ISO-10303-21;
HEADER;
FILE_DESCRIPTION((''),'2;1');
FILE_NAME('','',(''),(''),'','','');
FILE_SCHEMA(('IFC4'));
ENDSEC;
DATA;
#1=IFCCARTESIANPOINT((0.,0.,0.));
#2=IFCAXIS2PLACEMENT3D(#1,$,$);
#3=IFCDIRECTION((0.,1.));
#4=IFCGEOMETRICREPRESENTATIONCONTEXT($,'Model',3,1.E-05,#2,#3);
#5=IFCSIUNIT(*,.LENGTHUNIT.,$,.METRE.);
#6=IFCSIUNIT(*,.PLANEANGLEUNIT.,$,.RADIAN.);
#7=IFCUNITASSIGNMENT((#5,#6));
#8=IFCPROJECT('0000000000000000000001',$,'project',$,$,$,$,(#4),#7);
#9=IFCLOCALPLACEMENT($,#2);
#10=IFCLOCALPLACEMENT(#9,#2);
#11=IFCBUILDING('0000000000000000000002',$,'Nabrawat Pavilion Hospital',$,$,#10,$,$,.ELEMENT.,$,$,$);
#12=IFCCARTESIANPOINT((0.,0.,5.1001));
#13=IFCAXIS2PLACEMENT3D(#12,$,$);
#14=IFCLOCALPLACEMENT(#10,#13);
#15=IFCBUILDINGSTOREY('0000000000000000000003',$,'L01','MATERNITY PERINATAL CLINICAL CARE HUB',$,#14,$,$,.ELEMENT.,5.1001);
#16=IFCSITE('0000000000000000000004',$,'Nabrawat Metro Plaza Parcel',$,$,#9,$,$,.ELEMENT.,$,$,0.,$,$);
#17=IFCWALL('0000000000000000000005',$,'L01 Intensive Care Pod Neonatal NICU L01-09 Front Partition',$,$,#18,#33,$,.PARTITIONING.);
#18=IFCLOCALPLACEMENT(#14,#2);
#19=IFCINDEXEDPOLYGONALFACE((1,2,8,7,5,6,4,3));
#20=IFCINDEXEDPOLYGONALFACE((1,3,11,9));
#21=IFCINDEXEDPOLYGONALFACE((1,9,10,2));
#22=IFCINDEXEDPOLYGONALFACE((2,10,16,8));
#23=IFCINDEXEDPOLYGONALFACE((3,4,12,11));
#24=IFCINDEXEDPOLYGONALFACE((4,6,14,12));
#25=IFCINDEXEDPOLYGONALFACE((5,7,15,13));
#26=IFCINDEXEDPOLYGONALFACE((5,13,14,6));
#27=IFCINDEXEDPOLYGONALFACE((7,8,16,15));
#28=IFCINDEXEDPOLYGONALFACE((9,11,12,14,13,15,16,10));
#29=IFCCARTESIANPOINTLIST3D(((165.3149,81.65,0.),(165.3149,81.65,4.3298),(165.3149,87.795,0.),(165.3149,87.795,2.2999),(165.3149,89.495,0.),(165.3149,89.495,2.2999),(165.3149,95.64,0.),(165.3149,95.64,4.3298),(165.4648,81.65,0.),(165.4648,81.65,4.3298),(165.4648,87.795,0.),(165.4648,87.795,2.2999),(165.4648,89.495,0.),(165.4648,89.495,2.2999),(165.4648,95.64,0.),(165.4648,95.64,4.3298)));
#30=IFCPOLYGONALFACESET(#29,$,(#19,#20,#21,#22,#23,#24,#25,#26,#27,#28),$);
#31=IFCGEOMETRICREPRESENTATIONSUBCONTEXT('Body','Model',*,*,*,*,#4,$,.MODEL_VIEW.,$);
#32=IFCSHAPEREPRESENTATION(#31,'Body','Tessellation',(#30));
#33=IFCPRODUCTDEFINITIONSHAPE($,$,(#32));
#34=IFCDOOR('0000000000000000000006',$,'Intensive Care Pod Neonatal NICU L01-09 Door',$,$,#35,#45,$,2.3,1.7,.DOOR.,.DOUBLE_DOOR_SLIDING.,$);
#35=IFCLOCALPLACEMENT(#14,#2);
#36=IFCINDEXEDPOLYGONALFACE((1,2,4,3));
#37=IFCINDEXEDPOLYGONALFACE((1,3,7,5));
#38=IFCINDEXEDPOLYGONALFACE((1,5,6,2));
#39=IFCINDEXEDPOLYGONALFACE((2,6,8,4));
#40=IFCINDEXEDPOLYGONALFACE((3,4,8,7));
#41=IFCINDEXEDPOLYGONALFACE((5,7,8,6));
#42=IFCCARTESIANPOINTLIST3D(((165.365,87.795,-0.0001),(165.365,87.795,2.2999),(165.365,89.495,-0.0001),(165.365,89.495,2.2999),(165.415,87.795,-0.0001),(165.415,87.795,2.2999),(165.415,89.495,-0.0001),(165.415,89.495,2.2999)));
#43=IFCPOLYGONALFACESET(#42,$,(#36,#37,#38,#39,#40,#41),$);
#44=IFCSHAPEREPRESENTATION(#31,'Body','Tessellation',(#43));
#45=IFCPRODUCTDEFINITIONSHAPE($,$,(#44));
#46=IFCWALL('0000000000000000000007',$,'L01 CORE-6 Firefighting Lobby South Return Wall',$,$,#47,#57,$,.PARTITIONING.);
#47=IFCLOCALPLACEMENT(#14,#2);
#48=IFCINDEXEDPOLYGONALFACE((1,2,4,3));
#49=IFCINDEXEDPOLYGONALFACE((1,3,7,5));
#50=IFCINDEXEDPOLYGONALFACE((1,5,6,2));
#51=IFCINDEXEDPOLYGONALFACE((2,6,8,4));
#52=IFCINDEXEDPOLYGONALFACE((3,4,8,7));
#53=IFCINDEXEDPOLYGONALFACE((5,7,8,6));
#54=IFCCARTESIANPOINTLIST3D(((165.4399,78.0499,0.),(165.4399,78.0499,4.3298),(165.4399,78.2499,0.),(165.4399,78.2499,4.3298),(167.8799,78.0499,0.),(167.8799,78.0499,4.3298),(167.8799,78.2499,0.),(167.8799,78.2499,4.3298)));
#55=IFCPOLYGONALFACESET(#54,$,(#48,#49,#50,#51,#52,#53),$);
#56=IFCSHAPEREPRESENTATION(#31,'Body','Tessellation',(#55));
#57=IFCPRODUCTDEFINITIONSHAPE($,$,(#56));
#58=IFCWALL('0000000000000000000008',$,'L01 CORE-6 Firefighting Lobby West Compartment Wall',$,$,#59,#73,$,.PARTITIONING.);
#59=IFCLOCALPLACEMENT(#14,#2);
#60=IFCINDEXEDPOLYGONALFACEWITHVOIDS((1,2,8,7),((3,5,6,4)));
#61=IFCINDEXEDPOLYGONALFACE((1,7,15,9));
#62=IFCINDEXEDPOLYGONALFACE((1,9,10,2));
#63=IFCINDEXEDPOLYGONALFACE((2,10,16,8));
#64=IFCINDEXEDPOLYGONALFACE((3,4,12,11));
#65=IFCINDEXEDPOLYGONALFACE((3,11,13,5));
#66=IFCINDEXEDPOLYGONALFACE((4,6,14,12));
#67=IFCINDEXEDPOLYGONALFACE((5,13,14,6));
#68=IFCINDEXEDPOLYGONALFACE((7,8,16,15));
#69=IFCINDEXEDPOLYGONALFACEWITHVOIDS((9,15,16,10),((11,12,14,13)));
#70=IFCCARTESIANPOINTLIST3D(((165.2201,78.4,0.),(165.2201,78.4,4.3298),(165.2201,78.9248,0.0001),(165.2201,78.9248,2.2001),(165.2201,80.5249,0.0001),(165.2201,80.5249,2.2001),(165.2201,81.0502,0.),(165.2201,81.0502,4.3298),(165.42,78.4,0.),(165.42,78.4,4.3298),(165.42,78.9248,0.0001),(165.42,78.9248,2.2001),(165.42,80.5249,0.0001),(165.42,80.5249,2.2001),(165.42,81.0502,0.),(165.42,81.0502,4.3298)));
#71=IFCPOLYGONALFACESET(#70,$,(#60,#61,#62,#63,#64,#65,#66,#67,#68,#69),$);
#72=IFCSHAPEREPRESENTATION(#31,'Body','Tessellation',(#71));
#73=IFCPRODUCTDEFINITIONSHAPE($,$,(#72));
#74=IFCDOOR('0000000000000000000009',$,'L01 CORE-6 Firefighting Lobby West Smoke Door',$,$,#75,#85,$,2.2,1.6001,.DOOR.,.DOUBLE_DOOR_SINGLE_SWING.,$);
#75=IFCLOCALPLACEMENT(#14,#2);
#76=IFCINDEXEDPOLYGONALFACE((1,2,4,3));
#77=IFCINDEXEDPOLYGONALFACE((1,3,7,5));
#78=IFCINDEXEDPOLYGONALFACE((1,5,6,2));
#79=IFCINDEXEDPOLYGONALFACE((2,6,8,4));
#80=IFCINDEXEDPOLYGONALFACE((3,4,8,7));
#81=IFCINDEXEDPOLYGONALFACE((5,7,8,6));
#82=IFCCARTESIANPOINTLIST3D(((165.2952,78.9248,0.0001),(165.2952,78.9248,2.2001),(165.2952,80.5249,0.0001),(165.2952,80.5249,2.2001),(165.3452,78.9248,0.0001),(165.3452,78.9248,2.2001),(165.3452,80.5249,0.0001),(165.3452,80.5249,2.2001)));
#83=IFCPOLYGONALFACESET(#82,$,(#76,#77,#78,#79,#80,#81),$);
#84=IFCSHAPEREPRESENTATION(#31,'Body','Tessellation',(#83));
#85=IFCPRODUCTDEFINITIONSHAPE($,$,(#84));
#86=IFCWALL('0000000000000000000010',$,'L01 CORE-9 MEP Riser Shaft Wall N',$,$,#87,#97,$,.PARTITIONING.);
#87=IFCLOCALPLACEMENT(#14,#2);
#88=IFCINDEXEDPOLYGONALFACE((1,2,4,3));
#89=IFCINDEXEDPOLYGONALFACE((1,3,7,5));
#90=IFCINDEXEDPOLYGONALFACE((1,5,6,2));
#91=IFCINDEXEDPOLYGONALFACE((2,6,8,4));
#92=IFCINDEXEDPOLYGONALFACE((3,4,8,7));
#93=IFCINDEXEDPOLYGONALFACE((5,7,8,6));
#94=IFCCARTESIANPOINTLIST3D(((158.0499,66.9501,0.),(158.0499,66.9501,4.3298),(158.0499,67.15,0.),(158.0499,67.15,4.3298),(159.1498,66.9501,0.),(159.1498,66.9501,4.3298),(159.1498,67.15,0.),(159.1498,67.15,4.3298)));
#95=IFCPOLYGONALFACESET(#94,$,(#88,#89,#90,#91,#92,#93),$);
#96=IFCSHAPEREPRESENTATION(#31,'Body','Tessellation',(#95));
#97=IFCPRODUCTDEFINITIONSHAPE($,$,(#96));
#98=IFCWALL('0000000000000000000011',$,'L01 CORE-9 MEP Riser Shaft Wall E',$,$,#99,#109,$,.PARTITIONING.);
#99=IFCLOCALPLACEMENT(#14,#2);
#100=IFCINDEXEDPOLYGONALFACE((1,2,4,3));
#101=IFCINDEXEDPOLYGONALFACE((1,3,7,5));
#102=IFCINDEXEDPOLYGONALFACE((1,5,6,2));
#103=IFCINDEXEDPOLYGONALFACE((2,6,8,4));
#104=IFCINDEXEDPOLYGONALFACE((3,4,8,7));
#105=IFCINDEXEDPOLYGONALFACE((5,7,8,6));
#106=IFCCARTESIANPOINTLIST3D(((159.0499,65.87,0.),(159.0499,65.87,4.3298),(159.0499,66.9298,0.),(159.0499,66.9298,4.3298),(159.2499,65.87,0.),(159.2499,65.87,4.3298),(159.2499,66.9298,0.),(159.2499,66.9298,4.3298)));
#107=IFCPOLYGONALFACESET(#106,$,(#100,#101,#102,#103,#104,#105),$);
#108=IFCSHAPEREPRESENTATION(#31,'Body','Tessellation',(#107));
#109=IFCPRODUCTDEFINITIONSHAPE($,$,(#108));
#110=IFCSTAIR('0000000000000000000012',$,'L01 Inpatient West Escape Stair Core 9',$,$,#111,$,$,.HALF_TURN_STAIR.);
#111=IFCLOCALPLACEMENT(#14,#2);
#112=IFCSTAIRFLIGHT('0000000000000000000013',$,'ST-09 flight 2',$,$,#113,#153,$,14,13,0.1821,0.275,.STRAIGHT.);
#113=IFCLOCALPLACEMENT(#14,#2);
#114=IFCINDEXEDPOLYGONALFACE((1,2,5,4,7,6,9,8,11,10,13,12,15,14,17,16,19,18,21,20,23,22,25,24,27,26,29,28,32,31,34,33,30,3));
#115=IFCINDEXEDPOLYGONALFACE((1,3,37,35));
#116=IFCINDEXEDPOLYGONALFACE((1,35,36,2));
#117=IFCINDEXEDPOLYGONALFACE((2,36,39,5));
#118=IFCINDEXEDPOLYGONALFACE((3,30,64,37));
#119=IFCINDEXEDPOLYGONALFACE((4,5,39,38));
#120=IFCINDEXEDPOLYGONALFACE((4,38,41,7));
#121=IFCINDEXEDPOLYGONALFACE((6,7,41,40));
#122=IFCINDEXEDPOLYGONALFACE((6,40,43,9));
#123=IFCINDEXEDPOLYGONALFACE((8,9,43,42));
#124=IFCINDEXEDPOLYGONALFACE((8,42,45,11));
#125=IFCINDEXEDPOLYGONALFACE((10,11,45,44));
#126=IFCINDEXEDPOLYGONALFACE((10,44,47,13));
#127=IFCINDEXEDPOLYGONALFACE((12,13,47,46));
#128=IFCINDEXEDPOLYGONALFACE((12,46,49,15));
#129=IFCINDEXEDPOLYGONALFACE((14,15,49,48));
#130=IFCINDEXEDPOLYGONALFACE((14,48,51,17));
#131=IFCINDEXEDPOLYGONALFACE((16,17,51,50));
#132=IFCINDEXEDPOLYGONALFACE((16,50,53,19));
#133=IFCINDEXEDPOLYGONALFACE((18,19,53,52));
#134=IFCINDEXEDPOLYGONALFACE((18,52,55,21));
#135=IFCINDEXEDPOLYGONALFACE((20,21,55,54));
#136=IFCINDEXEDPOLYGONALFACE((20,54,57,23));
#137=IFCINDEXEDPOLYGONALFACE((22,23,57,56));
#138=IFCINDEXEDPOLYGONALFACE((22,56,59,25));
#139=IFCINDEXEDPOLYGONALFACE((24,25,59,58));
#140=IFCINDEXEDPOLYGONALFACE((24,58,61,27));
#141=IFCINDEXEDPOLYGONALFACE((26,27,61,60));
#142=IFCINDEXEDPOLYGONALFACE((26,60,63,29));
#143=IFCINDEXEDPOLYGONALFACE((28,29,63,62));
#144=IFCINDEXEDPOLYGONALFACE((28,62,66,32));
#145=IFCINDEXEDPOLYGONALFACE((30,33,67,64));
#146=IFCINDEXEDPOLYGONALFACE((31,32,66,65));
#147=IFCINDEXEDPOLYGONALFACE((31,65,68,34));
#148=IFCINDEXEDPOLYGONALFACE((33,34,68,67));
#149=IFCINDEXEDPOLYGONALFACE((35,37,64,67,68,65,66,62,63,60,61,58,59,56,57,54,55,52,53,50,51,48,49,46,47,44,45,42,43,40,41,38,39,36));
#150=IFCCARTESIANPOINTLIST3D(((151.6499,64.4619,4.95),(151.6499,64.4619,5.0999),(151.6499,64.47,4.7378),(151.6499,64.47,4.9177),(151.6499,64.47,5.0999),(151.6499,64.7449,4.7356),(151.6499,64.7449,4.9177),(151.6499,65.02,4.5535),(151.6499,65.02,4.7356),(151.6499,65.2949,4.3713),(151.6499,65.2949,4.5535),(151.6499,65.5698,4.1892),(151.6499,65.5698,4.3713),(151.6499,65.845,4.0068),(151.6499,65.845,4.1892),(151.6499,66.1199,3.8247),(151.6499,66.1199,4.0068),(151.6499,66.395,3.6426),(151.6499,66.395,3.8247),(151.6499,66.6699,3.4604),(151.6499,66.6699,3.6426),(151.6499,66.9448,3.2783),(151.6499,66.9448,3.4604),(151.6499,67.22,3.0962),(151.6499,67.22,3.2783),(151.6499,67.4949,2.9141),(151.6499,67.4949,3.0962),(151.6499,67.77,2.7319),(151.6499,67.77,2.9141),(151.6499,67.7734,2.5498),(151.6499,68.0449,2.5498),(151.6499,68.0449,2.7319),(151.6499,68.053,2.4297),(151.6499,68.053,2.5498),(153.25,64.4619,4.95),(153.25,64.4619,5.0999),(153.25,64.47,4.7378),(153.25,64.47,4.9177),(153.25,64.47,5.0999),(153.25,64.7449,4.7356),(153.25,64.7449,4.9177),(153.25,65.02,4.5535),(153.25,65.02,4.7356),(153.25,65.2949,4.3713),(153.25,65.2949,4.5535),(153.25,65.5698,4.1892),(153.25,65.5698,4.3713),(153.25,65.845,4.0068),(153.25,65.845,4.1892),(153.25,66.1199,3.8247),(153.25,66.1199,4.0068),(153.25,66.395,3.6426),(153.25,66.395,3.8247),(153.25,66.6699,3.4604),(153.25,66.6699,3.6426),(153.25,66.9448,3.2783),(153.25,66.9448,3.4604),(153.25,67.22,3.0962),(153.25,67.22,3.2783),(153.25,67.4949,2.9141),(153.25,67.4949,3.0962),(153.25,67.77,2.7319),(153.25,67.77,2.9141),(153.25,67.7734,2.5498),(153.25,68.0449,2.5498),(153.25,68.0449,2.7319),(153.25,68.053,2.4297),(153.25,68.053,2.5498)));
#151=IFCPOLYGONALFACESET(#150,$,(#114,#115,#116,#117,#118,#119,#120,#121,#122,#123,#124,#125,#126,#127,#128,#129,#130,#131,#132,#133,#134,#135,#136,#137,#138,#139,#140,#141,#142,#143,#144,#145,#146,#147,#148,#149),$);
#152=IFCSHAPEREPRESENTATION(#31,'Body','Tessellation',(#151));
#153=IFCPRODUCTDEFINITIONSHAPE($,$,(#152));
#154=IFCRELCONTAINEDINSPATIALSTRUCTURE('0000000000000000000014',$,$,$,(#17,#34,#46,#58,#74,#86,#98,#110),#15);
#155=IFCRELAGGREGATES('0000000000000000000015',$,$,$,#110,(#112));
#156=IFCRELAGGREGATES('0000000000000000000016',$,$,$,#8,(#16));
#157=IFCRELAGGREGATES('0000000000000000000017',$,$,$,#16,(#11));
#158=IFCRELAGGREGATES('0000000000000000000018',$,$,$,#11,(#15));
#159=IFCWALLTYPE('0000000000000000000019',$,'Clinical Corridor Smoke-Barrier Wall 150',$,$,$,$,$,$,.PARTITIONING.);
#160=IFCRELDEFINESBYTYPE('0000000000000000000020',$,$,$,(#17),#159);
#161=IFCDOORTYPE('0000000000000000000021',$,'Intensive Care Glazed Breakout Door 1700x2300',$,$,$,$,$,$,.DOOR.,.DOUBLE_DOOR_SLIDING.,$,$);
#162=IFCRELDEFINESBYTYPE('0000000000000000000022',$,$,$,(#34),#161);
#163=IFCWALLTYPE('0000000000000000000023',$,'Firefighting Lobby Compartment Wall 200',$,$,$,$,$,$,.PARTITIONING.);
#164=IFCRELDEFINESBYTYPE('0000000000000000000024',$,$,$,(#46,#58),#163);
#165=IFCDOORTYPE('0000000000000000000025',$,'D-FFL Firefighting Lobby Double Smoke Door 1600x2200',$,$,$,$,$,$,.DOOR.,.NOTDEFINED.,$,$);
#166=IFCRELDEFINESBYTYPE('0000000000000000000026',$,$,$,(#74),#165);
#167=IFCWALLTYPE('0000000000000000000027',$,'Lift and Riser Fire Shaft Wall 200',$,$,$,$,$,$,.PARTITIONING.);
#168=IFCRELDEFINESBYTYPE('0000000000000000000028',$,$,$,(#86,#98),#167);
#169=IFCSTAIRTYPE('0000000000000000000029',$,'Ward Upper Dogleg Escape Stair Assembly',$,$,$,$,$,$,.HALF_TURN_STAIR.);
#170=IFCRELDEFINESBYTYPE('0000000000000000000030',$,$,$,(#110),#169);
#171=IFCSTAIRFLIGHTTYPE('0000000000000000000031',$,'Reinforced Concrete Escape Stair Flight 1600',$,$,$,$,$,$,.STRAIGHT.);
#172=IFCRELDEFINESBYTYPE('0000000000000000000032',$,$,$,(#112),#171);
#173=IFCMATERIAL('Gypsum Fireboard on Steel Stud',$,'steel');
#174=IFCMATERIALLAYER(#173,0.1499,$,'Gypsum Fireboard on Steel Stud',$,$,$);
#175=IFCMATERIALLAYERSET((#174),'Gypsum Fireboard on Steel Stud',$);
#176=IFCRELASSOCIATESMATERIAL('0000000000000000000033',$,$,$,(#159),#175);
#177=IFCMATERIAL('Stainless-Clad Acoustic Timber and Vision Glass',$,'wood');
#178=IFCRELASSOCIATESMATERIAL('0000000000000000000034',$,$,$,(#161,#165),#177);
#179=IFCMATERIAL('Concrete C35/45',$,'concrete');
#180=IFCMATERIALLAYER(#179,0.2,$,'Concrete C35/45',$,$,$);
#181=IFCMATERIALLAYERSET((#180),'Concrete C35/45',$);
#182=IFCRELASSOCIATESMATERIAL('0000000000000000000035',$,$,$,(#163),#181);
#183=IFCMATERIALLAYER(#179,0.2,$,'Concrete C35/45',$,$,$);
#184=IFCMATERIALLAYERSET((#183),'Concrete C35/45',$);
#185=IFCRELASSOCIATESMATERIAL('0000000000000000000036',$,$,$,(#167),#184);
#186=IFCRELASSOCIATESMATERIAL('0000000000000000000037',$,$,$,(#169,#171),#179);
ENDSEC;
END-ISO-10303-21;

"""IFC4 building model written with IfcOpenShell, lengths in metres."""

from ifc_helpers import new_model, si_unit, direction, frame, frame_2d, origin, place, context, subcontext, project, spatial, polyline, rectangle, outline, extrude, material, layer, layer_set, type_object, element, fill, aggregate, save


model = new_model("IFC4")

# Units and contexts
model_context = context("Model", 3, precision=1e-05, world=origin(), true_north=direction((0.0, 1.0)))
body_context = subcontext(model_context, "Body", "Model", "MODEL_VIEW")
ifc_project = project(units=[si_unit("LENGTHUNIT", "METRE"), si_unit("PLANEANGLEUNIT", "RADIAN")], contexts=[model_context])

# Site, building, storey
site_placement = place(None, origin())
site = spatial("IfcSite", under=ifc_project, at=site_placement, Name="Nabrawat Metro Plaza Parcel", CompositionType="ELEMENT", RefElevation=0.0)
building_placement = place(site_placement, origin())
building = spatial("IfcBuilding", under=site, at=building_placement, Name="Nabrawat Pavilion Hospital", CompositionType="ELEMENT")
storey_placement = place(building_placement, frame((0.0, 0.0, 5.1001)))
storey = spatial("IfcBuildingStorey", under=building, at=storey_placement, Name="L01", Description="MATERNITY PERINATAL CLINICAL CARE HUB", CompositionType="ELEMENT", Elevation=5.1001)

# Wall, opening, door
ifc_material_1 = material(Name="Gypsum Fireboard on Steel Stud", Category="steel")
ifc_layer_1 = layer(ifc_material_1, 0.1499, Name="Gypsum Fireboard on Steel Stud")
ifc_layer_set_1 = layer_set([ifc_layer_1], Name="Gypsum Fireboard on Steel Stud")
wall_type_1 = type_object("IfcWallType", Name="Clinical Corridor Smoke-Barrier Wall 150", PredefinedType="PARTITIONING", material=ifc_layer_set_1)
ifc_material_2 = material(Name="Stainless-Clad Acoustic Timber and Vision Glass", Category="wood")
door_type_1 = type_object("IfcDoorType", Name="Intensive Care Glazed Breakout Door 1700x2300", OperationType="DOUBLE_DOOR_SLIDING", PredefinedType="DOOR", material=ifc_material_2)
wall_1_placement = place(storey_placement, frame((165.3899, 81.6499, 0.0), z_axis=(0.0, 0.0, 1.0), x_axis=(0.0, 1.0, 0.0)))
wall_1 = element("IfcWall", 1, at=wall_1_placement, inside=storey, type_object=wall_type_1, Name="L01 Intensive Care Pod Neonatal NICU L01-09 Front Partition", PredefinedType="PARTITIONING", context=body_context, shape_type="SweptSolid", body=[
    extrude(rectangle(XDim=13.99, YDim=0.1499, at=frame_2d((6.9951, 0.0))), origin(), (0.0, 0.0, 1.0), 4.3298),
])
opening_1_placement = place(wall_1_placement, frame((6.145, 0.0, 0.0)))
opening_1 = element("IfcOpeningElement", 2, at=opening_1_placement, cuts=wall_1, PredefinedType="OPENING", context=body_context, shape_type="SweptSolid", body=[
    extrude(rectangle(XDim=1.7, YDim=2.3, at=frame_2d((0.8501, 1.1499))), frame((0.0, 0.085, 0.0), z_axis=(0.0, -1.0, 0.0), x_axis=(1.0, 0.0, 0.0)), (0.0, 0.0, 1.0), 0.1699),
])
door_1_placement = place(opening_1_placement, origin())
door_1 = element("IfcDoor", 3, at=door_1_placement, inside=storey, type_object=door_type_1, Name="Intensive Care Pod Neonatal NICU L01-09 Door", OperationType="DOUBLE_DOOR_SLIDING", OverallHeight=2.3, OverallWidth=1.7, PredefinedType="DOOR", context=body_context, shape_type="SweptSolid", body=[
    extrude(rectangle(XDim=1.7, YDim=2.3, at=frame_2d((0.8501, 1.1499))), frame((0.0, 0.0249, 0.0), z_axis=(0.0, -1.0, 0.0), x_axis=(1.0, 0.0, 0.0)), (0.0, 0.0, 1.0), 0.05),
])
fill(opening_1, door_1)

# Wall
ifc_material_3 = material(Name="Concrete C35/45", Category="concrete")
ifc_layer_2 = layer(ifc_material_3, 0.2, Name="Concrete C35/45")
ifc_layer_set_2 = layer_set([ifc_layer_2], Name="Concrete C35/45")
wall_type_2 = type_object("IfcWallType", Name="Firefighting Lobby Compartment Wall 200", PredefinedType="PARTITIONING", material=ifc_layer_set_2)
wall_2_placement = place(storey_placement, frame((165.4399, 78.1499, 0.0), z_axis=(0.0, 0.0, 1.0), x_axis=(1.0, 0.0, 0.0)))
element("IfcWall", 4, at=wall_2_placement, inside=storey, type_object=wall_type_2, Name="L01 CORE-6 Firefighting Lobby South Return Wall", PredefinedType="PARTITIONING", context=body_context, shape_type="SweptSolid", body=[
    extrude(rectangle(XDim=2.4399, YDim=0.2, at=frame_2d((1.22, 0.0))), origin(), (0.0, 0.0, 1.0), 4.3298),
])

# Wall, opening, door
wall_3_placement = place(storey_placement, frame((165.3201, 78.3999, 0.0), z_axis=(0.0, 0.0, 1.0), x_axis=(0.0, 1.0, 0.0)))
wall_3 = element("IfcWall", 5, at=wall_3_placement, inside=storey, type_object=wall_type_2, Name="L01 CORE-6 Firefighting Lobby West Compartment Wall", PredefinedType="PARTITIONING", context=body_context, shape_type="SweptSolid", body=[
    extrude(rectangle(XDim=2.6501, YDim=0.2, at=frame_2d((1.3252, 0.0))), origin(), (0.0, 0.0, 1.0), 4.3298),
])
opening_2_placement = place(wall_3_placement, frame((0.5249, 0.0, 0.0)))
opening_2 = element("IfcOpeningElement", 6, at=opening_2_placement, cuts=wall_3, PredefinedType="OPENING", context=body_context, shape_type="SweptSolid", body=[
    extrude(rectangle(XDim=1.6001, YDim=2.2, at=frame_2d((0.8, 1.1001))), frame((0.0, 0.1099, 0.0), z_axis=(0.0, -1.0, 0.0), x_axis=(1.0, 0.0, 0.0)), (0.0, 0.0, 1.0), 0.22),
])
door_type_2 = type_object("IfcDoorType", Name="D-FFL Firefighting Lobby Double Smoke Door 1600x2200", OperationType="NOTDEFINED", PredefinedType="DOOR", material=ifc_material_2)
door_2_placement = place(opening_2_placement, origin())
door_2 = element("IfcDoor", 7, at=door_2_placement, inside=storey, type_object=door_type_2, Name="L01 CORE-6 Firefighting Lobby West Smoke Door", OperationType="DOUBLE_DOOR_SINGLE_SWING", OverallHeight=2.2, OverallWidth=1.6001, PredefinedType="DOOR", context=body_context, shape_type="SweptSolid", body=[
    extrude(rectangle(XDim=1.6001, YDim=2.2, at=frame_2d((0.8, 1.1001))), frame((0.0, 0.0249, 0.0), z_axis=(0.0, -1.0, 0.0), x_axis=(1.0, 0.0, 0.0)), (0.0, 0.0, 1.0), 0.05),
])
fill(opening_2, door_2)

# Walls
ifc_layer_3 = layer(ifc_material_3, 0.2, Name="Concrete C35/45")
ifc_layer_set_3 = layer_set([ifc_layer_3], Name="Concrete C35/45")
wall_type_3 = type_object("IfcWallType", Name="Lift and Riser Fire Shaft Wall 200", PredefinedType="PARTITIONING", material=ifc_layer_set_3)
wall_4_placement = place(storey_placement, frame((158.05, 67.05, 0.0), z_axis=(0.0, 0.0, 1.0), x_axis=(1.0, 0.0, 0.0)))
element("IfcWall", 8, at=wall_4_placement, inside=storey, type_object=wall_type_3, Name="L01 CORE-9 MEP Riser Shaft Wall N", PredefinedType="PARTITIONING", context=body_context, shape_type="SweptSolid", body=[
    extrude(rectangle(XDim=1.0999, YDim=0.2, at=frame_2d((0.5498, 0.0))), origin(), (0.0, 0.0, 1.0), 4.3298),
])
wall_5_placement = place(storey_placement, frame((159.1499, 65.8701, 0.0), z_axis=(0.0, 0.0, 1.0), x_axis=(0.0, 1.0, 0.0)))
element("IfcWall", 9, at=wall_5_placement, inside=storey, type_object=wall_type_3, Name="L01 CORE-9 MEP Riser Shaft Wall E", PredefinedType="PARTITIONING", context=body_context, shape_type="SweptSolid", body=[
    extrude(rectangle(XDim=1.0598, YDim=0.2, at=frame_2d((0.5298, 0.0))), origin(), (0.0, 0.0, 1.0), 4.3298),
])

# Stair, stair flight
stair_type = type_object("IfcStairType", Name="Ward Upper Dogleg Escape Stair Assembly", PredefinedType="HALF_TURN_STAIR", material=ifc_material_3)
stair_placement = place(storey_placement, origin())
stair = element("IfcStair", 10, at=stair_placement, inside=storey, type_object=stair_type, Name="L01 Inpatient West Escape Stair Core 9", PredefinedType="HALF_TURN_STAIR")
stair_flight_type = type_object("IfcStairFlightType", Name="Reinforced Concrete Escape Stair Flight 1600", PredefinedType="STRAIGHT", material=ifc_material_3)
stair_flight_placement = place(storey_placement, frame((152.45, 68.0449, 2.5498), z_axis=(0.0, 0.0, 1.0), x_axis=(0.0, -1.0, 0.0)))
stair_flight = element("IfcStairFlight", 11, at=stair_flight_placement, type_object=stair_flight_type, Name="ST-09 flight 2", NumberOfRisers=14, NumberOfTreads=13, PredefinedType="STRAIGHT", RiserHeight=0.1821, TreadLength=0.275, context=body_context, shape_type="SweptSolid", body=[
    extrude(outline(polyline([(-0.0081, 0.0), (0.0, 0.0), (0.0, 0.1821), (0.2749, 0.1821), (0.2749, 0.3643), (0.55, 0.3643), (0.55, 0.5464), (0.825, 0.5464), (0.825, 0.7285), (1.1001, 0.7285), (1.1001, 0.9106), (1.375, 0.9106), (1.375, 1.0928), (1.6499, 1.0928), (1.6499, 1.2749), (1.925, 1.2749), (1.925, 1.457), (2.2, 1.457), (2.2, 1.6394), (2.4751, 1.6394), (2.4751, 1.8215), (2.75, 1.8215), (2.75, 2.0037), (3.0249, 2.0037), (3.0249, 2.1858), (3.3, 2.1858), (3.3, 2.3679), (3.575, 2.3679), (3.575, 2.55), (3.583, 2.55), (3.583, 2.4001), (3.575, 2.188), (0.2715, 0.0), (-0.0081, -0.1201), (-0.0081, 0.0)])), frame((0.0, 0.8, 0.0), z_axis=(0.0, -1.0, 0.0), x_axis=(1.0, 0.0, 0.0)), (0.0, 0.0, 1.0), 1.6001),
])
aggregate(stair, [stair_flight])

save(model, "model.ifc")
